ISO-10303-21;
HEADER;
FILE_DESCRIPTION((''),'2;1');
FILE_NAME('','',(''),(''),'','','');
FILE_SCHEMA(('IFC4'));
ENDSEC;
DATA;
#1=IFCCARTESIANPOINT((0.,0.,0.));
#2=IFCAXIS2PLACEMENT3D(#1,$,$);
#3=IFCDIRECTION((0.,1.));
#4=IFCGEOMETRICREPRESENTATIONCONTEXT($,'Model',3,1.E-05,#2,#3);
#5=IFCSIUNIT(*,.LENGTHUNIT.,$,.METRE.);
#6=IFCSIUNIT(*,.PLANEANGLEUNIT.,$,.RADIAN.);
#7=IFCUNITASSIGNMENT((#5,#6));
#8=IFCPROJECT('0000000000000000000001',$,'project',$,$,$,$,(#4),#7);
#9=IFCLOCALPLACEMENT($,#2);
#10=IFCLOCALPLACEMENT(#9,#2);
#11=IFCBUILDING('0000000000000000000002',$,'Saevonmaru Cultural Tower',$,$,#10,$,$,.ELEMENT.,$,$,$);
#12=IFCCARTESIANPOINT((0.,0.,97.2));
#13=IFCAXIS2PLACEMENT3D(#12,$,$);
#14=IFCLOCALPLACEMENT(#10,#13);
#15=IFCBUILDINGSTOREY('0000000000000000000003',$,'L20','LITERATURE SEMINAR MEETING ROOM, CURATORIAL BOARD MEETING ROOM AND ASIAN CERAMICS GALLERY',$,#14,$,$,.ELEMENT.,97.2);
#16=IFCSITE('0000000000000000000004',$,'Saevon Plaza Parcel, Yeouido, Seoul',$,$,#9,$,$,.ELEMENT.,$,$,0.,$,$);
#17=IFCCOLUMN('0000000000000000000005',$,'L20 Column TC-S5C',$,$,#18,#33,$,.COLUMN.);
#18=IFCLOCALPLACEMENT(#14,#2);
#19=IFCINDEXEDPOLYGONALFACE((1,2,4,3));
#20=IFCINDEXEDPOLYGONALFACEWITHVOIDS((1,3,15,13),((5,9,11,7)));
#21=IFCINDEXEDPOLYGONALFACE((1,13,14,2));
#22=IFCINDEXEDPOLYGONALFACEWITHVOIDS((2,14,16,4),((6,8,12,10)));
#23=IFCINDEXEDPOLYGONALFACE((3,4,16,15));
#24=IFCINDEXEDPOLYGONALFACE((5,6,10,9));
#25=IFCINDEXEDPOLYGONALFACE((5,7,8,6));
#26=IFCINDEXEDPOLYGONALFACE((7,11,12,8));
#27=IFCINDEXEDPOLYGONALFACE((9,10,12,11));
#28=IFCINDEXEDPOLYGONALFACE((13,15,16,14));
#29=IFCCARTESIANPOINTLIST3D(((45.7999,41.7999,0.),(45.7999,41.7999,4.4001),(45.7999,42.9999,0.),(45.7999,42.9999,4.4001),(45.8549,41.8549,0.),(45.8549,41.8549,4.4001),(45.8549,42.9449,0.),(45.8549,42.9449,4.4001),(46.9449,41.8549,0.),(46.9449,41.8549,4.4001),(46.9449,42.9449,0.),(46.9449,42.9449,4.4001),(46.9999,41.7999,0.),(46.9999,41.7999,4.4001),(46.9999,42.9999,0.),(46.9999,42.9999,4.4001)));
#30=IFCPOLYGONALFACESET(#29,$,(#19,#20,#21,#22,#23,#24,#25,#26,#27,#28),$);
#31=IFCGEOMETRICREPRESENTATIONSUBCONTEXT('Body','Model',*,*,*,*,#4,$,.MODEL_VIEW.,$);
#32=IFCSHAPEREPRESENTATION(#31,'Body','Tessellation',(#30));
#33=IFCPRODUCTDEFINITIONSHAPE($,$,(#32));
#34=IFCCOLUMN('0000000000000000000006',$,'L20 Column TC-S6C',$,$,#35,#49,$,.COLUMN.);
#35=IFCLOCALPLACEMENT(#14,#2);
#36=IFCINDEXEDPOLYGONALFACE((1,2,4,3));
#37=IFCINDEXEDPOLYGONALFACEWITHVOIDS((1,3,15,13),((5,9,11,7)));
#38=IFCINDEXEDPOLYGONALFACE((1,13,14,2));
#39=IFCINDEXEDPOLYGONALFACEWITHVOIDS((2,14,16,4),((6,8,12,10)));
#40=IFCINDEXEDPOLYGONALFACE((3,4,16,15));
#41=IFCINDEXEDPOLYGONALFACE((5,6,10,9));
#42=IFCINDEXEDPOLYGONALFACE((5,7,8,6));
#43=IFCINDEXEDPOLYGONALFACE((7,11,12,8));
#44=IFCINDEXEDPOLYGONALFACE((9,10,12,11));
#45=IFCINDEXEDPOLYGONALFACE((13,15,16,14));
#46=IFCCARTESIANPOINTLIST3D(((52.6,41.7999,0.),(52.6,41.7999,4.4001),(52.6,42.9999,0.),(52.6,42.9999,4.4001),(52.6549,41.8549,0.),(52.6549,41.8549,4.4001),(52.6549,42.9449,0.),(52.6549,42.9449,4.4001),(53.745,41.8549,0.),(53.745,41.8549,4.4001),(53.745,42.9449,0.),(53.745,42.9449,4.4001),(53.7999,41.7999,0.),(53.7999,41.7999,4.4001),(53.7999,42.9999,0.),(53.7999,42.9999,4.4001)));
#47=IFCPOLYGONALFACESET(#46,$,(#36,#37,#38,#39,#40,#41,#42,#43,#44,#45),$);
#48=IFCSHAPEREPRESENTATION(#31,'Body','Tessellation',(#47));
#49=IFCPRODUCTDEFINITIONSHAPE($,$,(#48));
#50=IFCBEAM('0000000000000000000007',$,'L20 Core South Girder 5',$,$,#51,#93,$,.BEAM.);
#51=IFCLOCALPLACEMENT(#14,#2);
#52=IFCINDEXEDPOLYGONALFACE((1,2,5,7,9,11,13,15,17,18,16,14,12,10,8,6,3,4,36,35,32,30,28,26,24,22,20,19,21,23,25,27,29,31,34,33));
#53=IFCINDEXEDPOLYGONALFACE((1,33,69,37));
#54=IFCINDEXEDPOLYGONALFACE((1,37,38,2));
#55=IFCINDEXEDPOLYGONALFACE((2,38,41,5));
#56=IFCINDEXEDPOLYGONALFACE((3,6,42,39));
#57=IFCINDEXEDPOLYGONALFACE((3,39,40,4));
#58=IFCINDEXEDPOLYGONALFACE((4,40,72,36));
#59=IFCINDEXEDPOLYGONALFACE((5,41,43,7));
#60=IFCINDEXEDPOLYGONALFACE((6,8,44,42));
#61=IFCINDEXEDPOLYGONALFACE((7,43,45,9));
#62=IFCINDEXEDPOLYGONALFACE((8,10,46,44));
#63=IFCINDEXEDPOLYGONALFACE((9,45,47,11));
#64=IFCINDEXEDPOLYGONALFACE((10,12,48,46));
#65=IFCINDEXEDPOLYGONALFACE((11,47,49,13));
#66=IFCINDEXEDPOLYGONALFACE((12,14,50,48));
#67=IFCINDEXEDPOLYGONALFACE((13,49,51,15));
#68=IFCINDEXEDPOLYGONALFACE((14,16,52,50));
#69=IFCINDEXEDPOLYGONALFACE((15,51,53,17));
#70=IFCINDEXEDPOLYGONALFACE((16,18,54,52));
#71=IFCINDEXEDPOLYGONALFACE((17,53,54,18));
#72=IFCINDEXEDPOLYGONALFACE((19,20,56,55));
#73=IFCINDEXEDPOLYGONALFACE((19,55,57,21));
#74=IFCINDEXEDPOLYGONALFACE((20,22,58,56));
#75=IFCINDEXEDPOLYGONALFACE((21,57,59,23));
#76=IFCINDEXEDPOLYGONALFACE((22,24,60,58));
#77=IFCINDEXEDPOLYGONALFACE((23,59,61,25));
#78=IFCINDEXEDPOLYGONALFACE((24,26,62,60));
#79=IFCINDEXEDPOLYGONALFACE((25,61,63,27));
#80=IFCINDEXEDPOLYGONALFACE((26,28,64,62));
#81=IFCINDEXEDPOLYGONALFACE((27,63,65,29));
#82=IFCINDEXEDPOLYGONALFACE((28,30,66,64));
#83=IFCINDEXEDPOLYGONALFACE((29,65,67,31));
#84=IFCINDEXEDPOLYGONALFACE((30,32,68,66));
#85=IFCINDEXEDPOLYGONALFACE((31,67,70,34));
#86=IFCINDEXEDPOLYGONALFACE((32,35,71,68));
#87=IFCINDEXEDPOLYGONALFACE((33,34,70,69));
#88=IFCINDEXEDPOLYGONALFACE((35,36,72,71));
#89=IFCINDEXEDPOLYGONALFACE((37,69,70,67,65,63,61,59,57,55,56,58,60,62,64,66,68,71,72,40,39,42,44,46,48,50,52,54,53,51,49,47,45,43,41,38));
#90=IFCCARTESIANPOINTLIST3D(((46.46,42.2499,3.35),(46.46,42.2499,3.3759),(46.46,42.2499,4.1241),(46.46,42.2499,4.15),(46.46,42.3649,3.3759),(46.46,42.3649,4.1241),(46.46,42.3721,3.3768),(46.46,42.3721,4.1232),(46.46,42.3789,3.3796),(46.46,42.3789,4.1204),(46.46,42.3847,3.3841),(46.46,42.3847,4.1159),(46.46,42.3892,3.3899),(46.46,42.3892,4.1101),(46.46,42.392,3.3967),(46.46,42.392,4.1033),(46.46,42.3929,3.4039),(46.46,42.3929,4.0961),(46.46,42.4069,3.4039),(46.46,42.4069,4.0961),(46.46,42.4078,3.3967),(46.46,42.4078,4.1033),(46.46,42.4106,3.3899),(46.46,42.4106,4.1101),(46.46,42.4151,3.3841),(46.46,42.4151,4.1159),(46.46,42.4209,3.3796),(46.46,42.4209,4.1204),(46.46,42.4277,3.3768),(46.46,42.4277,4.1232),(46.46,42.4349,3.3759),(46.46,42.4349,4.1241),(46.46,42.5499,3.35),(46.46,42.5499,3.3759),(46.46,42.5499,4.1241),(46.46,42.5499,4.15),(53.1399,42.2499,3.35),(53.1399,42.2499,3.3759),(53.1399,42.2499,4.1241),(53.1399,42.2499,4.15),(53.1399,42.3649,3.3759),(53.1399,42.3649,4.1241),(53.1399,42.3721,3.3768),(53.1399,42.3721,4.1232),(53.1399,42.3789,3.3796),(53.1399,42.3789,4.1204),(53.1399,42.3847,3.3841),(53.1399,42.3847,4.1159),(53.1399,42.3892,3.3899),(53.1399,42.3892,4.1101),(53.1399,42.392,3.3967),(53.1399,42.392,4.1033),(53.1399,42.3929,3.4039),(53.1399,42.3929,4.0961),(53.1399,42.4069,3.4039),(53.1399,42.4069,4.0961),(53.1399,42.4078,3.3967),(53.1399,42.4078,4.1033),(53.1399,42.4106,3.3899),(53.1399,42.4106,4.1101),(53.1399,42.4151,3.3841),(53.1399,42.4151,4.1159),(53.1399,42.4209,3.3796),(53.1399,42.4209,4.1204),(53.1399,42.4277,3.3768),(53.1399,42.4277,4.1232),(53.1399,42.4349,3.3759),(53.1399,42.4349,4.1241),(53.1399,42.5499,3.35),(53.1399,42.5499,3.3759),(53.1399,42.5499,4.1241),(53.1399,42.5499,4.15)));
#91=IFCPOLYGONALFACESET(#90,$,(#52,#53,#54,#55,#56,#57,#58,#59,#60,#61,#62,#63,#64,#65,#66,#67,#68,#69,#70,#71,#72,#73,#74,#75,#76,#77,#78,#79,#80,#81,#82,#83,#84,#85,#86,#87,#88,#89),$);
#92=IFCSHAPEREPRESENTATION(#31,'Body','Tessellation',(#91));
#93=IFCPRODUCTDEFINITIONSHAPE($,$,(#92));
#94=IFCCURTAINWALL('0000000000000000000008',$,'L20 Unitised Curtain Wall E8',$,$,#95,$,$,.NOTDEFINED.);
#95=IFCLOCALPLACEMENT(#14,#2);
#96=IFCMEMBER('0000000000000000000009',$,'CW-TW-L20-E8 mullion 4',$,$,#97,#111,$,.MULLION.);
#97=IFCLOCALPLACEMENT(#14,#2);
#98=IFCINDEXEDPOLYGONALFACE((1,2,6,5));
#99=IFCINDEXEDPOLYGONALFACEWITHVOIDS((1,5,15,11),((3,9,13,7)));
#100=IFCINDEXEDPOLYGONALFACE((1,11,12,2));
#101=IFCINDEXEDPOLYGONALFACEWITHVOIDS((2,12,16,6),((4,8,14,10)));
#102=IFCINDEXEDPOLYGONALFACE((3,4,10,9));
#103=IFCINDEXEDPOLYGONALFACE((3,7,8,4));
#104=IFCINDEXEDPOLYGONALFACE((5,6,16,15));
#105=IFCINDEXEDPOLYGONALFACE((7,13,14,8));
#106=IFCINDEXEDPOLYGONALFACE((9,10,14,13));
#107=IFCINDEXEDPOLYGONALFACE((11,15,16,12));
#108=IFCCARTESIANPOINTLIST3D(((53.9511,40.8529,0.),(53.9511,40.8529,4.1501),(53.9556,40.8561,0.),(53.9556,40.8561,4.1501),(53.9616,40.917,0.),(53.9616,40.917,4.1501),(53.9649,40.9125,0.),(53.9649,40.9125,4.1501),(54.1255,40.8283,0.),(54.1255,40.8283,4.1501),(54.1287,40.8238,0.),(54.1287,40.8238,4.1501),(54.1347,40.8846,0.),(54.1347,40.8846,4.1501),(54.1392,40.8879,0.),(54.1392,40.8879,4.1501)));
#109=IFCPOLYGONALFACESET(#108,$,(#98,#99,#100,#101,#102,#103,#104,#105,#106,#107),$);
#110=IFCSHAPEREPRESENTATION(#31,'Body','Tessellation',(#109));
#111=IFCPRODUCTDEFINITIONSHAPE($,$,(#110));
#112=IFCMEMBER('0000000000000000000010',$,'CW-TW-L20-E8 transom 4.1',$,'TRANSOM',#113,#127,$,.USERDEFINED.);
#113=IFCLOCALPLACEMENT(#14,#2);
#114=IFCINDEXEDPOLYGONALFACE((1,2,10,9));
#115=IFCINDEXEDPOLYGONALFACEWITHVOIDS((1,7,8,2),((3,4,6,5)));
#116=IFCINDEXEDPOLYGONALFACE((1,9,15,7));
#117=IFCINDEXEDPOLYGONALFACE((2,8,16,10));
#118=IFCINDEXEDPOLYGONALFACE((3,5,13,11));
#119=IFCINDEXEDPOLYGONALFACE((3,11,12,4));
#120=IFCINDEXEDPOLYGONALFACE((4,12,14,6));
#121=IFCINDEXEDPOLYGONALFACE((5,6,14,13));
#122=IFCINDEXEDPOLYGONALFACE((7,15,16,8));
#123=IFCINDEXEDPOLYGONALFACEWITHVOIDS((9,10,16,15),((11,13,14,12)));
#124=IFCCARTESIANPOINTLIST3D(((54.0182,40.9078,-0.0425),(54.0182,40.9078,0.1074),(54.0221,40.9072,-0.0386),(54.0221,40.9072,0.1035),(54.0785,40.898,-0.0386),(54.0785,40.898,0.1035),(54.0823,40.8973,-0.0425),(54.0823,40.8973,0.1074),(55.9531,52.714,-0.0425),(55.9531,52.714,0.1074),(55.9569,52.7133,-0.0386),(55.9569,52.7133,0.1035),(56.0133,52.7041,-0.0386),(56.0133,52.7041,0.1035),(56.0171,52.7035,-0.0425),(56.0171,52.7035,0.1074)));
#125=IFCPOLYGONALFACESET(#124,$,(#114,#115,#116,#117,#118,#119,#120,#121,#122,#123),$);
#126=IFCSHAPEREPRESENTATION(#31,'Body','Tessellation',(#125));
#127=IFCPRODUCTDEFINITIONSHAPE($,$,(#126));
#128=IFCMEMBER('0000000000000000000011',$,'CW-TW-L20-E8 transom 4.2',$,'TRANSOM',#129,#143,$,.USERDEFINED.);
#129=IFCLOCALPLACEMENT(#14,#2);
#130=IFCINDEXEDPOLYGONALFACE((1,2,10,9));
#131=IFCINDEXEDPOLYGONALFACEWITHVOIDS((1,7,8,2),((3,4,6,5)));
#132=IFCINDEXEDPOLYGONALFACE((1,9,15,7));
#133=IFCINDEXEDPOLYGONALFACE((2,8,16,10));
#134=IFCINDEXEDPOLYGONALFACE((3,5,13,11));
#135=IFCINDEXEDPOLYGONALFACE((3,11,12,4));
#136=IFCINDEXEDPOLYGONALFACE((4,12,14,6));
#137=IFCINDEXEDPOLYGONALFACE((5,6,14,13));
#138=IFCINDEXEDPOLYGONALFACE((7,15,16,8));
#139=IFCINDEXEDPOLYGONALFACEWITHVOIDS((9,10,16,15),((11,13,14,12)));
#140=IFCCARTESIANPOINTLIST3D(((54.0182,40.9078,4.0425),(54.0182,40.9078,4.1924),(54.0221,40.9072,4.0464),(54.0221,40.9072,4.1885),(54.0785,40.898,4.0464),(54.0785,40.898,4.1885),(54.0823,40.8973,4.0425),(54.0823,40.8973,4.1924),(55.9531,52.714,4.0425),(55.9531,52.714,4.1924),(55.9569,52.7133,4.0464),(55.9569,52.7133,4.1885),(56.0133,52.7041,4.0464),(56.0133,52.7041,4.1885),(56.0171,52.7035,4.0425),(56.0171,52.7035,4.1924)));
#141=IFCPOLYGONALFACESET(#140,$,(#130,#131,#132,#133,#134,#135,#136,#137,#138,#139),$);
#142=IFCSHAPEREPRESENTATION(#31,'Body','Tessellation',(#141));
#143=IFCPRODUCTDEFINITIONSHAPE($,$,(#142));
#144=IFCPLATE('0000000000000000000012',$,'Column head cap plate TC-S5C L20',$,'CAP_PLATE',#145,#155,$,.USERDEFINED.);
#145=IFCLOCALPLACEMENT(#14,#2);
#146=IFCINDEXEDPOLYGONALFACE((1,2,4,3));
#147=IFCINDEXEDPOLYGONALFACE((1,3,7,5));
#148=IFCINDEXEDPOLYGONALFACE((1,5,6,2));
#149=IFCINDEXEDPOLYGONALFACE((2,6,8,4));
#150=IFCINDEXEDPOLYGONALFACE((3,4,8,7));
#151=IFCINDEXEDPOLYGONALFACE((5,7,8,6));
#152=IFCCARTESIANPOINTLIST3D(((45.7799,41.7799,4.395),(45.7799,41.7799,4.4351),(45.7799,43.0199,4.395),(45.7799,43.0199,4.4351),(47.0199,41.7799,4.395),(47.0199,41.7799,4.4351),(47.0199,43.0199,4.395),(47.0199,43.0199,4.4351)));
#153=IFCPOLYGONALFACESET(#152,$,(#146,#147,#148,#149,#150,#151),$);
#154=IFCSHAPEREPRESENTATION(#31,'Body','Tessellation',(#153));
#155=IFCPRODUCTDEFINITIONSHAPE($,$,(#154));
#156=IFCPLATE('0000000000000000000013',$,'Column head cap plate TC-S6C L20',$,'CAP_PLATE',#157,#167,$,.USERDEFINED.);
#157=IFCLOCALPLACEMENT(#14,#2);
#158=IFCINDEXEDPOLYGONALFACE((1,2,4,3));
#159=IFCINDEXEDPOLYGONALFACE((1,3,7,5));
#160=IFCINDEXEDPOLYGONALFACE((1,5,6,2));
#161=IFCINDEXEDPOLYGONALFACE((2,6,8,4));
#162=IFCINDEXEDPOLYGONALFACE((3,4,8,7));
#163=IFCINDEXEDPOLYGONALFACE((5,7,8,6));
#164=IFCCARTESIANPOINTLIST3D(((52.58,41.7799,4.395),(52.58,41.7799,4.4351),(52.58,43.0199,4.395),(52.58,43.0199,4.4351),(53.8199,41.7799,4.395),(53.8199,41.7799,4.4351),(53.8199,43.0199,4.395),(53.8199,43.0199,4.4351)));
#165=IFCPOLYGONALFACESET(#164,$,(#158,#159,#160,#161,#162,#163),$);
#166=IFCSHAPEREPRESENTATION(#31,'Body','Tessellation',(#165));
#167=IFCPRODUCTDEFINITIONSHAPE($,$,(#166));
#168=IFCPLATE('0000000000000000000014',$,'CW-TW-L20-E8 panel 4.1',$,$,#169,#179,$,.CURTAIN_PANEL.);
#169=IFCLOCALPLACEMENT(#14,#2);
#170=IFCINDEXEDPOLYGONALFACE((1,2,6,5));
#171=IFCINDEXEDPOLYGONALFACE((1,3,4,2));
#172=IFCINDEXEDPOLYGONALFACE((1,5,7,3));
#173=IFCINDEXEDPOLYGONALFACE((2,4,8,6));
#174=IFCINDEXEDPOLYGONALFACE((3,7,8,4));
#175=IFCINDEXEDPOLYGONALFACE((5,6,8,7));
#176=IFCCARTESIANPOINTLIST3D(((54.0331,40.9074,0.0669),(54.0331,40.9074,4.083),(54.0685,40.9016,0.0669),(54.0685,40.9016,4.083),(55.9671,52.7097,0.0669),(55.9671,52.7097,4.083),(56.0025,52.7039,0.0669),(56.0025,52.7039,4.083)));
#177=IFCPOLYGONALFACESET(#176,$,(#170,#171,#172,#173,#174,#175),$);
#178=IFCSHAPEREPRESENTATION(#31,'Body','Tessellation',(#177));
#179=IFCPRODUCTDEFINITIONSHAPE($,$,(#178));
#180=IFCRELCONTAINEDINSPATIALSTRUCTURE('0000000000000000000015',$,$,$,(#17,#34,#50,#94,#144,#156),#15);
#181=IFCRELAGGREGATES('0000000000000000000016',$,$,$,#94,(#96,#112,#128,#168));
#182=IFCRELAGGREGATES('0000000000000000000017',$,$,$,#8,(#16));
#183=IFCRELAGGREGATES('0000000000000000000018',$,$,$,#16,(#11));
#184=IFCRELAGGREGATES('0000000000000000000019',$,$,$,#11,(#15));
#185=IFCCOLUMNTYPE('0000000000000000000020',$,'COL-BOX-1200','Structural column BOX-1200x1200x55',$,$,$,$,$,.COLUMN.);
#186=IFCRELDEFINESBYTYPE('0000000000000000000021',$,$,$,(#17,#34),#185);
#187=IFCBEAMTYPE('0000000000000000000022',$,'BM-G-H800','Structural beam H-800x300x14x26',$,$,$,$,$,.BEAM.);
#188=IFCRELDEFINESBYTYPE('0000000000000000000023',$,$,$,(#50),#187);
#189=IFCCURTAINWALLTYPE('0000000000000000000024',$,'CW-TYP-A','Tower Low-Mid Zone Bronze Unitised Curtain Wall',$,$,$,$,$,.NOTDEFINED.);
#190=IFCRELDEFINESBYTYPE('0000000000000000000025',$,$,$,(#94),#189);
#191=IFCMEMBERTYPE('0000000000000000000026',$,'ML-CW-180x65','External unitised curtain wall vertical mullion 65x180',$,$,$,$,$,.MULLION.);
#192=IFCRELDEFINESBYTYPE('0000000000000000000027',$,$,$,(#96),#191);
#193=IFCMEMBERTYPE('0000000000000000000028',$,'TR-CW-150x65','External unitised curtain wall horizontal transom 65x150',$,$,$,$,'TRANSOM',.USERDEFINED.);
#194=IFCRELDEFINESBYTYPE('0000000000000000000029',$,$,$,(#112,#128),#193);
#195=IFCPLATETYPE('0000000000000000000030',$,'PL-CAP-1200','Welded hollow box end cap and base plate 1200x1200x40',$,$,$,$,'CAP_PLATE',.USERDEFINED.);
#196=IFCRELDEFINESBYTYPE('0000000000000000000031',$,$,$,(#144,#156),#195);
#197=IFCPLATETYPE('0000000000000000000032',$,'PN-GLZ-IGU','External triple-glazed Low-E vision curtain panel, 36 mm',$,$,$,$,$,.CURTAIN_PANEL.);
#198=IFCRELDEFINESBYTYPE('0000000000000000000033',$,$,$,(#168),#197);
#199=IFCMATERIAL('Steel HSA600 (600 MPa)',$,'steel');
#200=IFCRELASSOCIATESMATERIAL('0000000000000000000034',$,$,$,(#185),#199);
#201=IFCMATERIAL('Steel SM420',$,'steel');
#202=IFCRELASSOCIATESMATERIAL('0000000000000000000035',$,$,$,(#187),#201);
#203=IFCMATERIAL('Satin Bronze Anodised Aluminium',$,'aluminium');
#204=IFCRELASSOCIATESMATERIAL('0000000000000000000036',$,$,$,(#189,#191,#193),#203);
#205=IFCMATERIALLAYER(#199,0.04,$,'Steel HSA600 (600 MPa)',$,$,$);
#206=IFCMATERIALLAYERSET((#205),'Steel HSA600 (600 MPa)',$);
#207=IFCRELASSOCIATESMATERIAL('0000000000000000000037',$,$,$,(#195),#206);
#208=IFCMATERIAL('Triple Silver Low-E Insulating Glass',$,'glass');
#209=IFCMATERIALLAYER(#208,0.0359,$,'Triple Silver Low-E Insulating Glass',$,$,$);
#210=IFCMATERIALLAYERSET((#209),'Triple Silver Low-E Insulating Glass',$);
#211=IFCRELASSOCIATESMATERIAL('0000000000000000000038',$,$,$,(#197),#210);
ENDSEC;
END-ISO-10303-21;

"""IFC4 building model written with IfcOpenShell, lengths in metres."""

from ifc_helpers import new_model, si_unit, direction, frame, origin, origin_2d, place, context, subcontext, project, spatial, rectangle, hollow_rectangle, i_section, extrude, material, layer, layer_set, material_profile, profile_set, type_object, element, aggregate, save


model = new_model("IFC4")

# Units and contexts
model_context = context("Model", 3, precision=1e-05, world=origin(), true_north=direction((0.0, 1.0)))
body_context = subcontext(model_context, "Body", "Model", "MODEL_VIEW")
ifc_project = project(units=[si_unit("LENGTHUNIT", "METRE"), si_unit("PLANEANGLEUNIT", "RADIAN")], contexts=[model_context])

# Site, building, storey
site_placement = place(None, origin())
site = spatial("IfcSite", under=ifc_project, at=site_placement, Name="Saevon Plaza Parcel, Yeouido, Seoul", CompositionType="ELEMENT", RefElevation=0.0)
building_placement = place(site_placement, origin())
building = spatial("IfcBuilding", under=site, at=building_placement, Name="Saevonmaru Cultural Tower", CompositionType="ELEMENT")
storey_placement = place(building_placement, frame((0.0, 0.0, 97.2)))
storey = spatial("IfcBuildingStorey", under=building, at=storey_placement, Name="L20", Description="LITERATURE SEMINAR MEETING ROOM, CURATORIAL BOARD MEETING ROOM AND ASIAN CERAMICS GALLERY", CompositionType="ELEMENT", Elevation=97.2)

# Columns
ifc_material_1 = material(Name="Steel HSA600 (600 MPa)", Category="steel")
ifc_material_profile_1 = material_profile(ifc_material_1, hollow_rectangle(XDim=1.2, YDim=1.2, WallThickness=0.0549, at=origin_2d()), Name="BOX-1200x1200x55")
ifc_profile_set_1 = profile_set([ifc_material_profile_1], Name="Steel HSA600 (600 MPa)")
column_type = type_object("IfcColumnType", Name="COL-BOX-1200", Description="Structural column BOX-1200x1200x55", PredefinedType="COLUMN", material=ifc_profile_set_1)
for number, where, z_axis, x_axis, name in (
    (1, (46.3999, 42.3999, 0.0), (0.0, 0.0, 1.0), (1.0, 0.0, 0.0), "L20 Column TC-S5C"),
    (2, (53.2, 42.3999, 0.0), (0.0, 0.0, 1.0), (1.0, 0.0, 0.0), "L20 Column TC-S6C"),
):
    element("IfcColumn", number, at=place(storey_placement, frame(where, z_axis=z_axis, x_axis=x_axis)), inside=storey, type_object=column_type, Name=name, PredefinedType="COLUMN", context=body_context, shape_type="SweptSolid", body=[
        extrude(hollow_rectangle(XDim=1.2, YDim=1.2, WallThickness=0.0549, at=origin_2d()), origin(), (0.0, 0.0, 1.0), 4.4001),
    ])

# Beam
ifc_material_2 = material(Name="Steel SM420", Category="steel")
ifc_material_profile_2 = material_profile(ifc_material_2, i_section(OverallWidth=0.3, OverallDepth=0.8, WebThickness=0.0139, FlangeThickness=0.0259, FilletRadius=0.0281, at=origin_2d()), Name="H-800x300x14x26")
ifc_profile_set_2 = profile_set([ifc_material_profile_2], Name="Steel SM420")
beam_type = type_object("IfcBeamType", Name="BM-G-H800", Description="Structural beam H-800x300x14x26", PredefinedType="BEAM", material=ifc_profile_set_2)
beam_placement = place(storey_placement, frame((46.46, 42.3999, 3.75), z_axis=(1.0, 0.0, 0.0), x_axis=(0.0, 1.0, 0.0)))
element("IfcBeam", 3, at=beam_placement, inside=storey, type_object=beam_type, Name="L20 Core South Girder 5", PredefinedType="BEAM", context=body_context, shape_type="SweptSolid", body=[
    extrude(i_section(OverallWidth=0.3, OverallDepth=0.8, WebThickness=0.0139, FlangeThickness=0.0259, FilletRadius=0.0281, at=origin_2d()), origin(), (0.0, 0.0, 1.0), 6.6799),
])

# Curtain wall, members
ifc_material_3 = material(Name="Satin Bronze Anodised Aluminium", Category="aluminium")
curtain_wall_type = type_object("IfcCurtainWallType", Name="CW-TYP-A", Description="Tower Low-Mid Zone Bronze Unitised Curtain Wall", PredefinedType="NOTDEFINED", material=ifc_material_3)
curtain_wall_placement = place(storey_placement, origin())
curtain_wall = element("IfcCurtainWall", 4, at=curtain_wall_placement, inside=storey, type_object=curtain_wall_type, Name="L20 Unitised Curtain Wall E8", PredefinedType="NOTDEFINED")
ifc_material_profile_3 = material_profile(ifc_material_3, hollow_rectangle(XDim=0.0649, YDim=0.1799, WallThickness=0.0039, at=origin_2d()), Name="ALU-MULL-180x65x4")
ifc_profile_set_3 = profile_set([ifc_material_profile_3], Name="Satin Bronze Anodised Aluminium")
member_type_1 = type_object("IfcMemberType", Name="ML-CW-180x65", Description="External unitised curtain wall vertical mullion 65x180", PredefinedType="MULLION", material=ifc_profile_set_3)
member_1_placement = place(storey_placement, frame((54.0452, 40.8704, 0.0), z_axis=(0.0, 0.0, 1.0), x_axis=(0.161709, 0.986839, 0.0)))
member_1 = element("IfcMember", 5, at=member_1_placement, type_object=member_type_1, Name="CW-TW-L20-E8 mullion 4", PredefinedType="MULLION", context=body_context, shape_type="SweptSolid", body=[
    extrude(hollow_rectangle(XDim=0.0649, YDim=0.1799, WallThickness=0.0039, at=origin_2d()), origin(), (0.0, 0.0, 1.0), 4.1501),
])
ifc_material_profile_4 = material_profile(ifc_material_3, hollow_rectangle(XDim=0.0649, YDim=0.1499, WallThickness=0.0039, at=origin_2d()), Name="ALU-TRAN-150x65x4")
ifc_profile_set_4 = profile_set([ifc_material_profile_4], Name="Satin Bronze Anodised Aluminium")
member_type_2 = type_object("IfcMemberType", Name="TR-CW-150x65", Description="External unitised curtain wall horizontal transom 65x150", ElementType="TRANSOM", PredefinedType="USERDEFINED", material=ifc_profile_set_4)
member_2_placement = place(storey_placement, frame((54.0503, 40.9026, 0.0325), z_axis=(0.161725, 0.986836, 0.0), x_axis=(-0.986836, 0.161725, 0.0)))
member_2 = element("IfcMember", 6, at=member_2_placement, type_object=member_type_2, Name="CW-TW-L20-E8 transom 4.1", ObjectType="TRANSOM", PredefinedType="USERDEFINED", context=body_context, shape_type="SweptSolid", body=[
    extrude(hollow_rectangle(XDim=0.0649, YDim=0.1499, WallThickness=0.0039, at=origin_2d()), origin(), (0.0, 0.0, 1.0), 11.9636),
])
member_3_placement = place(storey_placement, frame((54.0503, 40.9026, 4.1174), z_axis=(0.161725, 0.986836, 0.0), x_axis=(-0.986836, 0.161725, 0.0)))
member_3 = element("IfcMember", 7, at=member_3_placement, type_object=member_type_2, Name="CW-TW-L20-E8 transom 4.2", ObjectType="TRANSOM", PredefinedType="USERDEFINED", context=body_context, shape_type="SweptSolid", body=[
    extrude(hollow_rectangle(XDim=0.0649, YDim=0.1499, WallThickness=0.0039, at=origin_2d()), origin(), (0.0, 0.0, 1.0), 11.9636),
])

# Plates
ifc_layer_1 = layer(ifc_material_1, 0.04, Name="Steel HSA600 (600 MPa)")
ifc_layer_set_1 = layer_set([ifc_layer_1], Name="Steel HSA600 (600 MPa)")
plate_type_1 = type_object("IfcPlateType", Name="PL-CAP-1200", Description="Welded hollow box end cap and base plate 1200x1200x40", ElementType="CAP_PLATE", PredefinedType="USERDEFINED", material=ifc_layer_set_1)
for number, where, z_axis, x_axis, name in (
    (8, (46.3999, 42.3999, 4.395), (0.0, 0.0, 1.0), (1.0, 0.0, 0.0), "Column head cap plate TC-S5C L20"),
    (9, (53.2, 42.3999, 4.395), (0.0, 0.0, 1.0), (1.0, 0.0, 0.0), "Column head cap plate TC-S6C L20"),
):
    element("IfcPlate", number, at=place(storey_placement, frame(where, z_axis=z_axis, x_axis=x_axis)), inside=storey, type_object=plate_type_1, Name=name, ObjectType="CAP_PLATE", PredefinedType="USERDEFINED", context=body_context, shape_type="SweptSolid", body=[
        extrude(rectangle(XDim=1.24, YDim=1.24, at=origin_2d()), origin(), (0.0, 0.0, 1.0), 0.04),
    ])

# Plate
ifc_material_4 = material(Name="Triple Silver Low-E Insulating Glass", Category="glass")
ifc_layer_2 = layer(ifc_material_4, 0.0359, Name="Triple Silver Low-E Insulating Glass")
ifc_layer_set_2 = layer_set([ifc_layer_2], Name="Triple Silver Low-E Insulating Glass")
plate_type_2 = type_object("IfcPlateType", Name="PN-GLZ-IGU", Description="External triple-glazed Low-E vision curtain panel, 36 mm", PredefinedType="CURTAIN_PANEL", material=ifc_layer_set_2)
plate_placement = place(storey_placement, frame((55.0178, 46.8057, 0.0669), z_axis=(0.0, 0.0, 1.0), x_axis=(0.161709, 0.986839, 0.0)))
plate = element("IfcPlate", 10, at=plate_placement, type_object=plate_type_2, Name="CW-TW-L20-E8 panel 4.1", PredefinedType="CURTAIN_PANEL", context=body_context, shape_type="SweptSolid", body=[
    extrude(rectangle(XDim=11.9597, YDim=0.0359, at=origin_2d()), origin(), (0.0, 0.0, 1.0), 4.0161),
])
aggregate(curtain_wall, [member_1, member_2, member_3, plate])

save(model, "model.ifc")
